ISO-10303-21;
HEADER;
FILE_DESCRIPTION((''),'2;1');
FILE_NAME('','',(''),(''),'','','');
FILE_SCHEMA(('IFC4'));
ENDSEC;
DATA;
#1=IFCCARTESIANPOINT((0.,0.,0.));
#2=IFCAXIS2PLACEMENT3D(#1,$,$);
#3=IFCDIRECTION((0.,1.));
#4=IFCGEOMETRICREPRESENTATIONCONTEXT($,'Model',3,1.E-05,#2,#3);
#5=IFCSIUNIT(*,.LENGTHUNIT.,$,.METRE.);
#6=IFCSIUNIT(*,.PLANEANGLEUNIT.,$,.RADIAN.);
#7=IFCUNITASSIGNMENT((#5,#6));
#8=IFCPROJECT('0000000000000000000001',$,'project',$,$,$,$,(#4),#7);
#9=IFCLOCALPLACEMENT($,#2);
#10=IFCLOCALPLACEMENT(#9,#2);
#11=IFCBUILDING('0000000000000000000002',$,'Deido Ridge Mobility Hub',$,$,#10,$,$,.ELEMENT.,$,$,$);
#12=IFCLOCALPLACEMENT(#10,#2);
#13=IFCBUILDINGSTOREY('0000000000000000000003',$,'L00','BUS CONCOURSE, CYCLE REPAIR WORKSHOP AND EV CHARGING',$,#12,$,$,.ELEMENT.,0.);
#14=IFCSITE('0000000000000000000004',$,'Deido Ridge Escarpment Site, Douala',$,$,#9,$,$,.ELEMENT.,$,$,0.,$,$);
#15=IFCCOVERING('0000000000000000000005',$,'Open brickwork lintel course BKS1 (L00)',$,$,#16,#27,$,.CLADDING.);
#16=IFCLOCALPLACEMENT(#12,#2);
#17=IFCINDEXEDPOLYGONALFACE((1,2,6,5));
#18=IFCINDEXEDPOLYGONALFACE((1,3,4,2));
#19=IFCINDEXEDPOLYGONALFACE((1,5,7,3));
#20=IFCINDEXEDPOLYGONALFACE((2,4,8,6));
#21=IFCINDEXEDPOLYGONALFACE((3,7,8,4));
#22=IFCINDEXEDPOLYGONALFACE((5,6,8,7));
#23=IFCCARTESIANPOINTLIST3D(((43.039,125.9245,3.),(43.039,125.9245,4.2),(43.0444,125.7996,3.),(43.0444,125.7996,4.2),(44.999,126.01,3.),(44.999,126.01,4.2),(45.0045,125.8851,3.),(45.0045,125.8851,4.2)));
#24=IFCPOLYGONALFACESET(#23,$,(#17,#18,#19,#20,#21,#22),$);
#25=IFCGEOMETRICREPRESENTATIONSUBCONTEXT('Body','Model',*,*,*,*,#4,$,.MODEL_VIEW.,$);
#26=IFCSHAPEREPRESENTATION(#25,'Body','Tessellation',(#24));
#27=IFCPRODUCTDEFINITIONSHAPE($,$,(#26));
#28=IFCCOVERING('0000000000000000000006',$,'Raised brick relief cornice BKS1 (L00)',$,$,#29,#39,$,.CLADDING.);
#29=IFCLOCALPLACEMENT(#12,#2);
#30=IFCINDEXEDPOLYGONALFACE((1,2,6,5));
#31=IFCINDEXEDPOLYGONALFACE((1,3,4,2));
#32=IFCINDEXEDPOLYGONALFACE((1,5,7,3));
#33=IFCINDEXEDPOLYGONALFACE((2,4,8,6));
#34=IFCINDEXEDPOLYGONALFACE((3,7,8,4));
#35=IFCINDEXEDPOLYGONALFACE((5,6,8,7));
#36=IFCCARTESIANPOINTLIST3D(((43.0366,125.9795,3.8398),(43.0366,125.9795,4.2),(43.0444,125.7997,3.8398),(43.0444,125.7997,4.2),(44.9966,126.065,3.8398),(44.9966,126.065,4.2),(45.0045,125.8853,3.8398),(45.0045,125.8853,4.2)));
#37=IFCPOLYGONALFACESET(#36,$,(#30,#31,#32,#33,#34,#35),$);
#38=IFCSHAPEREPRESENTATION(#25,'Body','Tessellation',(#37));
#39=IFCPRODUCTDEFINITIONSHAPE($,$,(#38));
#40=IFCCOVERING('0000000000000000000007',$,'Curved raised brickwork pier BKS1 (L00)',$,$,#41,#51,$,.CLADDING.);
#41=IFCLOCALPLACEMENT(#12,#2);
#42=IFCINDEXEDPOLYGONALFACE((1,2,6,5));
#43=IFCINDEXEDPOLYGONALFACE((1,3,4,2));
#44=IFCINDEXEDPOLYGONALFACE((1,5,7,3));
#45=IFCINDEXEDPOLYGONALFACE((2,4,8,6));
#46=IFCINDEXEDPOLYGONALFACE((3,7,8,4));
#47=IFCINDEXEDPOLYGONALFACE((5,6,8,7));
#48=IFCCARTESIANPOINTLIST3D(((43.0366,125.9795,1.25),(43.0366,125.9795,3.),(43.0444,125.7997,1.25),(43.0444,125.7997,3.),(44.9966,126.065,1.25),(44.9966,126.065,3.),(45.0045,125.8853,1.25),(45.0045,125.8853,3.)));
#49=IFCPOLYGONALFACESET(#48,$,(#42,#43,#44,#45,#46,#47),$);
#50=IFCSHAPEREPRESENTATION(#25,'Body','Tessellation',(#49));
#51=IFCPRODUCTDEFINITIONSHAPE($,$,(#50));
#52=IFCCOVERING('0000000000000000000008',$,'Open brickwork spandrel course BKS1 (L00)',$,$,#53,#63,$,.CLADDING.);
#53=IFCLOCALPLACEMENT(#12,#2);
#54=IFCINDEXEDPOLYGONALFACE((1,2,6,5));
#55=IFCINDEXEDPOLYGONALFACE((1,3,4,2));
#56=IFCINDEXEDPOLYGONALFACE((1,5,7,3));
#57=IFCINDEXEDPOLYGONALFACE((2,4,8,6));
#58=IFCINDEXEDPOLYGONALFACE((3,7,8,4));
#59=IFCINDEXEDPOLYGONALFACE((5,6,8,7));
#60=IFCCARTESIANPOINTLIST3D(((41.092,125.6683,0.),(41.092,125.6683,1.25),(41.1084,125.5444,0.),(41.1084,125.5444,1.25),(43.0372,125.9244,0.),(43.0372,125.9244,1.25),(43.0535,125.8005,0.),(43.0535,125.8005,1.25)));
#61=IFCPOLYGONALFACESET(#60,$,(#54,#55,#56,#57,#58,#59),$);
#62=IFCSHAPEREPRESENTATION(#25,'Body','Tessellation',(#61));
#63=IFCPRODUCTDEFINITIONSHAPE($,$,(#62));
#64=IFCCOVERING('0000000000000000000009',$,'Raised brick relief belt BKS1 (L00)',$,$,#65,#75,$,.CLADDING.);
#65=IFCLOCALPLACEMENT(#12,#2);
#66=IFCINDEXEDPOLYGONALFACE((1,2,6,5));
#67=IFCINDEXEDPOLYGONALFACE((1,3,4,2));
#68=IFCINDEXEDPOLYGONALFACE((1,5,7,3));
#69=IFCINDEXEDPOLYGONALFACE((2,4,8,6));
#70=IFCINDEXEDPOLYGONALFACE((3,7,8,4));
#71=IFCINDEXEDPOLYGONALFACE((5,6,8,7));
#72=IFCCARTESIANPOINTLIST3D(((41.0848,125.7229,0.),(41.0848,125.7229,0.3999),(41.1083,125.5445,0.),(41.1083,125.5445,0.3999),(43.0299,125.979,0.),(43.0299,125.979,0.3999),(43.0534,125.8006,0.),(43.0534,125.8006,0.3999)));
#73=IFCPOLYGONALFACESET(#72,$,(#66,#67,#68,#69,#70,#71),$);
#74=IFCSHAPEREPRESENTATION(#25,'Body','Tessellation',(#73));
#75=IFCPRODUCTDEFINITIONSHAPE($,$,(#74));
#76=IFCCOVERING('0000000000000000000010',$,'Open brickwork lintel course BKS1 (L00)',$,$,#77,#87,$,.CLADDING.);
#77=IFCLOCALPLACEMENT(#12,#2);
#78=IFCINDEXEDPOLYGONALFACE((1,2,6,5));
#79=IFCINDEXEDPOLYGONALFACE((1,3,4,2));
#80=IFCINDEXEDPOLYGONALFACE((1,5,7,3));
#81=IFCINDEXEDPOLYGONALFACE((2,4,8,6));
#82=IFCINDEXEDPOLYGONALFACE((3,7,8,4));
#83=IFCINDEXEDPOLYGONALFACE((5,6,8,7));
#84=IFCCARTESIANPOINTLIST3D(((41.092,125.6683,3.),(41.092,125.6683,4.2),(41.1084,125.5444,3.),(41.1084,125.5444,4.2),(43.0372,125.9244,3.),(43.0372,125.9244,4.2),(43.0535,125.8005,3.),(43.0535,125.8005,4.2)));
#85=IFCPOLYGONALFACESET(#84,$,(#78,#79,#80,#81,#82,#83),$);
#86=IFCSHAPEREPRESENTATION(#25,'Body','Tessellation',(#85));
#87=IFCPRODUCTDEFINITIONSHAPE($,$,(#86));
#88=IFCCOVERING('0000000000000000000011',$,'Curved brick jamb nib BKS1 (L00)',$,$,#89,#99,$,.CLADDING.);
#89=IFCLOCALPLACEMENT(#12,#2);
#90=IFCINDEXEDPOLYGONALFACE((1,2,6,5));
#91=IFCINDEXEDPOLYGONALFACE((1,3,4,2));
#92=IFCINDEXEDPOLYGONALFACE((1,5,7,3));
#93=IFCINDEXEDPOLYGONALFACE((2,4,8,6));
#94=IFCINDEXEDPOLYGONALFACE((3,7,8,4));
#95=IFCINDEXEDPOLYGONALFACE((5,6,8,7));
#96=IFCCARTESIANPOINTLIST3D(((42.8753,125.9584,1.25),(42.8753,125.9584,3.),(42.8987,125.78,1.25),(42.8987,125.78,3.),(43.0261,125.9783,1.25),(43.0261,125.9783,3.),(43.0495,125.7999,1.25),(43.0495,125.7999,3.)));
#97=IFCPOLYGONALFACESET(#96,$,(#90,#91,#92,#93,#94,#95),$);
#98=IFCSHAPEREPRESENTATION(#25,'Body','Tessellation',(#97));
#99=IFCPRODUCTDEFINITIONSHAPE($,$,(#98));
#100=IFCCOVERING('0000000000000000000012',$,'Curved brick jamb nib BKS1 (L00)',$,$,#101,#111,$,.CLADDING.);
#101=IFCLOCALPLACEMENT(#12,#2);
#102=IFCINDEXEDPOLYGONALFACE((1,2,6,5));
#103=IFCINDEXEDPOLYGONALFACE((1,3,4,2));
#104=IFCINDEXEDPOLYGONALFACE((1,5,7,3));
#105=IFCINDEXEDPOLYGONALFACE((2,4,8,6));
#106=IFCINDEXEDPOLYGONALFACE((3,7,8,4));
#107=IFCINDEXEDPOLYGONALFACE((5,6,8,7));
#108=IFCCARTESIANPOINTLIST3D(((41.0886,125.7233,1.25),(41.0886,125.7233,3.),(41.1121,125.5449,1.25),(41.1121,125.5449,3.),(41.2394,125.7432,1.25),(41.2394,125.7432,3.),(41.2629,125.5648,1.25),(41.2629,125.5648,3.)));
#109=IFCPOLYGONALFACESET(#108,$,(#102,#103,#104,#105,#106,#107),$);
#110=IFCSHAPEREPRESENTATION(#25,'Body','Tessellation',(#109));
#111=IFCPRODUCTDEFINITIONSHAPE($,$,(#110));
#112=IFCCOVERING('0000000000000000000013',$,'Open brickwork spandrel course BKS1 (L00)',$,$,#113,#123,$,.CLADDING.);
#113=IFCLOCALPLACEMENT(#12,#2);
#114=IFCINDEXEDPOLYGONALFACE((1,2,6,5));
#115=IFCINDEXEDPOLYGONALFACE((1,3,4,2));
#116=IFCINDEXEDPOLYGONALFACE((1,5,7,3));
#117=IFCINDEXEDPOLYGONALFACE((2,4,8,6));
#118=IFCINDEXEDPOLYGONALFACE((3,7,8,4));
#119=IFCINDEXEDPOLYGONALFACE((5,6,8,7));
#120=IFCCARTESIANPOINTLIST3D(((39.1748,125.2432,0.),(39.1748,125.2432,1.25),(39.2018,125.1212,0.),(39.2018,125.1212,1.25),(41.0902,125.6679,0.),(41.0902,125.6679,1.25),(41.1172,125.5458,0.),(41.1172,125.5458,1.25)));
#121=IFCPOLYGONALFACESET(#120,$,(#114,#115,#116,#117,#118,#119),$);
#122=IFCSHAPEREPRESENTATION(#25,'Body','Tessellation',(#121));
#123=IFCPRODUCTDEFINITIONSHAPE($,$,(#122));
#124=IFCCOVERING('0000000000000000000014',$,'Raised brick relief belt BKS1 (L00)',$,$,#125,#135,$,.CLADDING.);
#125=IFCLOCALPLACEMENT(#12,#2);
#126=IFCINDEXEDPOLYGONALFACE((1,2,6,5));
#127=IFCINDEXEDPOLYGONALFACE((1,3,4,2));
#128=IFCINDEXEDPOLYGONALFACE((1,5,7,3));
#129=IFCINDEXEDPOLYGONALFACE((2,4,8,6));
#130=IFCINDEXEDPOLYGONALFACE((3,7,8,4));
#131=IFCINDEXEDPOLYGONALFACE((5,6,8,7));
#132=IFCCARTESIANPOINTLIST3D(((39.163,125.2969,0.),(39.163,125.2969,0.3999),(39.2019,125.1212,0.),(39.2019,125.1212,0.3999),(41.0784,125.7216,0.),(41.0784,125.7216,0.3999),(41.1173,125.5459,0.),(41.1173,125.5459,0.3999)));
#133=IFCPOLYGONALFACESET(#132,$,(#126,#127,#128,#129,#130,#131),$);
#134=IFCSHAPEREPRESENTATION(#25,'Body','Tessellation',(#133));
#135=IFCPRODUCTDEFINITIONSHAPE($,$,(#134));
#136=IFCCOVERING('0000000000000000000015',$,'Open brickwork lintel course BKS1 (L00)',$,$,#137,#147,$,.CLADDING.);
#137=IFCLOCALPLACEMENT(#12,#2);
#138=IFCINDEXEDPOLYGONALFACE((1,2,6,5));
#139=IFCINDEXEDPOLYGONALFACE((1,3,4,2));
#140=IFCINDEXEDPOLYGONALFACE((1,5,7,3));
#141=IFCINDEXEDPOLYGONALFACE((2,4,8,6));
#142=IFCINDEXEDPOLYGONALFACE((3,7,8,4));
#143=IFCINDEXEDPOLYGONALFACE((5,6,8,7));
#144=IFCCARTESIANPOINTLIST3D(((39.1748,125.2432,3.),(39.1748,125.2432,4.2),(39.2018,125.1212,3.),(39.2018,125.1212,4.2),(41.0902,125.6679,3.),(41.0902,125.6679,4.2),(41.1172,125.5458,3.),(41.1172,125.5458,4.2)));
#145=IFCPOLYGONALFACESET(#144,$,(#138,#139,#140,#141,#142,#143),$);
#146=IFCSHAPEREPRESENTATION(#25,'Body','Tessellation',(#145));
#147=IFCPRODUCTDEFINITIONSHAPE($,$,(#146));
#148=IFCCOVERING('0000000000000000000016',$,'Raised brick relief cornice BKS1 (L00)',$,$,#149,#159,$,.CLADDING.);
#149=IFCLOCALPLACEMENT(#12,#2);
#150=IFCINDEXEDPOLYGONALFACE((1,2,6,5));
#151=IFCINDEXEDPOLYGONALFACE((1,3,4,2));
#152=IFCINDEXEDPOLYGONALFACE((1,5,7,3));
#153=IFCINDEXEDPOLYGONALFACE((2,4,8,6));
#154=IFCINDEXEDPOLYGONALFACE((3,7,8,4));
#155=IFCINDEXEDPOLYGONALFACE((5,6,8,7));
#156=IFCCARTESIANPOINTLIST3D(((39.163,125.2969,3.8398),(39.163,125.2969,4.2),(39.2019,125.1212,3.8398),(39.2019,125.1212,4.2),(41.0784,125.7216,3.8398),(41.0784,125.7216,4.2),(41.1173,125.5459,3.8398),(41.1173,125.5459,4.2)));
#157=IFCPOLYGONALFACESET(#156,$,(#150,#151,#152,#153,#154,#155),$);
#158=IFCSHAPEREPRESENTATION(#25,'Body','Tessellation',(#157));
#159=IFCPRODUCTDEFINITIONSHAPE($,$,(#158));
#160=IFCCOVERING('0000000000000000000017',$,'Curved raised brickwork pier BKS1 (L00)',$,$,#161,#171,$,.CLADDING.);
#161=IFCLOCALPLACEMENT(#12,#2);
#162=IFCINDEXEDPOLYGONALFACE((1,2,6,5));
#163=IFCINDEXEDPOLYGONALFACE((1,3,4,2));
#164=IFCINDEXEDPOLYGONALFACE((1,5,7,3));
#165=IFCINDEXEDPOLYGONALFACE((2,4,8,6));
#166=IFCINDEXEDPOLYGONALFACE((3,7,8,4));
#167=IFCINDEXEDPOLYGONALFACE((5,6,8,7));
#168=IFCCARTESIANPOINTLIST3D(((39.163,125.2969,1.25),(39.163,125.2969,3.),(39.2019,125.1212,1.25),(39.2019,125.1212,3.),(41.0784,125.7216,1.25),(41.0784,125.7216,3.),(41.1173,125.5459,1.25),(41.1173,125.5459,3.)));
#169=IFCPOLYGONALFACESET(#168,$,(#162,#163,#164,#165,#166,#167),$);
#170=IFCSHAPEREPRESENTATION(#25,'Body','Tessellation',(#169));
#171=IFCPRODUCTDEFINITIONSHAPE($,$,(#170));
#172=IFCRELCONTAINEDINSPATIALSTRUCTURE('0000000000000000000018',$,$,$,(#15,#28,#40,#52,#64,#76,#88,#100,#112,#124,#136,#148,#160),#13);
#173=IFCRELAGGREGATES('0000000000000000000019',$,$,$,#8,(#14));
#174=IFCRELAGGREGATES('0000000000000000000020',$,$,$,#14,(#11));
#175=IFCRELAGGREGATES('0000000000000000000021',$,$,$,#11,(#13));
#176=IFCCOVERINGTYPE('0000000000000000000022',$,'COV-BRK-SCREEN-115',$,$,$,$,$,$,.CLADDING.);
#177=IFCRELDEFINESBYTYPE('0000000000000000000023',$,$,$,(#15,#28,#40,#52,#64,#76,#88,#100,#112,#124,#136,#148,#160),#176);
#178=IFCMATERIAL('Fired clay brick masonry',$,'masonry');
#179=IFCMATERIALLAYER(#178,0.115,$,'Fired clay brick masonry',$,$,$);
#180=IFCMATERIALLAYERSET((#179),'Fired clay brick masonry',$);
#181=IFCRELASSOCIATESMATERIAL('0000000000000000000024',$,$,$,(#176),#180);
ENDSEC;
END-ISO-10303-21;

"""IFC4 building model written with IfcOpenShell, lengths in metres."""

from ifc_helpers import new_model, si_unit, direction, frame, origin, origin_2d, place, context, subcontext, project, spatial, rectangle, extrude, material, layer, layer_set, type_object, element, save


model = new_model("IFC4")

# Units and contexts
model_context = context("Model", 3, precision=1e-05, world=origin(), true_north=direction((0.0, 1.0)))
body_context = subcontext(model_context, "Body", "Model", "MODEL_VIEW")
ifc_project = project(units=[si_unit("LENGTHUNIT", "METRE"), si_unit("PLANEANGLEUNIT", "RADIAN")], contexts=[model_context])

# Site, building, storey
site_placement = place(None, origin())
site = spatial("IfcSite", under=ifc_project, at=site_placement, Name="Deido Ridge Escarpment Site, Douala", CompositionType="ELEMENT", RefElevation=0.0)
building_placement = place(site_placement, origin())
building = spatial("IfcBuilding", under=site, at=building_placement, Name="Deido Ridge Mobility Hub", CompositionType="ELEMENT")
storey_placement = place(building_placement, origin())
storey = spatial("IfcBuildingStorey", under=building, at=storey_placement, Name="L00", Description="BUS CONCOURSE, CYCLE REPAIR WORKSHOP AND EV CHARGING", CompositionType="ELEMENT", Elevation=0.0)

# Coverings
ifc_material_1 = material(Name="Fired clay brick masonry", Category="masonry")
ifc_layer = layer(ifc_material_1, 0.115, Name="Fired clay brick masonry")
ifc_layer_set = layer_set([ifc_layer], Name="Fired clay brick masonry")
covering_type = type_object("IfcCoveringType", Name="COV-BRK-SCREEN-115", PredefinedType="CLADDING", material=ifc_layer_set)
covering_1_placement = place(storey_placement, frame((44.0217, 125.9048, 3.0), z_axis=(0.0, 0.0, 1.0), x_axis=(-0.999049, -0.043602, 0.0)))
element("IfcCovering", 1, at=covering_1_placement, inside=storey, type_object=covering_type, Name="Open brickwork lintel course BKS1 (L00)", PredefinedType="CLADDING", context=body_context, shape_type="SweptSolid", body=[
    extrude(rectangle(XDim=1.9619, YDim=0.125, at=origin_2d()), origin(), (0.0, 0.0, 1.0), 1.2),
])
covering_2_placement = place(storey_placement, frame((44.0205, 125.9324, 3.8398), z_axis=(0.0, 0.0, 1.0), x_axis=(-0.999049, -0.043602, 0.0)))
element("IfcCovering", 2, at=covering_2_placement, inside=storey, type_object=covering_type, Name="Raised brick relief cornice BKS1 (L00)", PredefinedType="CLADDING", context=body_context, shape_type="SweptSolid", body=[
    extrude(rectangle(XDim=1.9619, YDim=0.1799, at=origin_2d()), origin(), (0.0, 0.0, 1.0), 0.3601),
])
covering_3_placement = place(storey_placement, frame((44.0205, 125.9324, 1.25), z_axis=(0.0, 0.0, 1.0), x_axis=(-0.999049, -0.043602, 0.0)))
element("IfcCovering", 3, at=covering_3_placement, inside=storey, type_object=covering_type, Name="Curved raised brickwork pier BKS1 (L00)", PredefinedType="CLADDING", context=body_context, shape_type="SweptSolid", body=[
    extrude(rectangle(XDim=1.9619, YDim=0.1799, at=origin_2d()), origin(), (0.0, 0.0, 1.0), 1.75),
])
covering_4_placement = place(storey_placement, frame((42.0728, 125.7344, 0.0), z_axis=(0.0, 0.0, 1.0), x_axis=(-0.991443, -0.130543, 0.0)))
element("IfcCovering", 4, at=covering_4_placement, inside=storey, type_object=covering_type, Name="Open brickwork spandrel course BKS1 (L00)", PredefinedType="CLADDING", context=body_context, shape_type="SweptSolid", body=[
    extrude(rectangle(XDim=1.9619, YDim=0.125, at=origin_2d()), origin(), (0.0, 0.0, 1.0), 1.25),
])
covering_5_placement = place(storey_placement, frame((42.0691, 125.7617, 0.0), z_axis=(0.0, 0.0, 1.0), x_axis=(-0.991443, -0.130543, 0.0)))
element("IfcCovering", 5, at=covering_5_placement, inside=storey, type_object=covering_type, Name="Raised brick relief belt BKS1 (L00)", PredefinedType="CLADDING", context=body_context, shape_type="SweptSolid", body=[
    extrude(rectangle(XDim=1.9619, YDim=0.1799, at=origin_2d()), origin(), (0.0, 0.0, 1.0), 0.3999),
])
covering_6_placement = place(storey_placement, frame((42.0728, 125.7344, 3.0), z_axis=(0.0, 0.0, 1.0), x_axis=(-0.991443, -0.130543, 0.0)))
element("IfcCovering", 6, at=covering_6_placement, inside=storey, type_object=covering_type, Name="Open brickwork lintel course BKS1 (L00)", PredefinedType="CLADDING", context=body_context, shape_type="SweptSolid", body=[
    extrude(rectangle(XDim=1.9619, YDim=0.125, at=origin_2d()), origin(), (0.0, 0.0, 1.0), 1.2),
])
for number, where, z_axis, x_axis, name in (
    (7, (42.9624, 125.8792, 1.25), (0.0, 0.0, 1.0), (-0.991443, -0.130543, 0.0), "Curved brick jamb nib BKS1 (L00)"),
    (8, (41.1758, 125.644, 1.25), (0.0, 0.0, 1.0), (-0.991443, -0.130543, 0.0), "Curved brick jamb nib BKS1 (L00)"),
):
    element("IfcCovering", number, at=place(storey_placement, frame(where, z_axis=z_axis, x_axis=x_axis)), inside=storey, type_object=covering_type, Name=name, PredefinedType="CLADDING", context=body_context, shape_type="SweptSolid", body=[
        extrude(rectangle(XDim=0.1521, YDim=0.1799, at=origin_2d()), origin(), (0.0, 0.0, 1.0), 1.75),
    ])
covering_7_placement = place(storey_placement, frame((40.146, 125.3945, 0.0), z_axis=(0.0, 0.0, 1.0), x_axis=(-0.976292, -0.216457, 0.0)))
element("IfcCovering", 9, at=covering_7_placement, inside=storey, type_object=covering_type, Name="Open brickwork spandrel course BKS1 (L00)", PredefinedType="CLADDING", context=body_context, shape_type="SweptSolid", body=[
    extrude(rectangle(XDim=1.9619, YDim=0.125, at=origin_2d()), origin(), (0.0, 0.0, 1.0), 1.25),
])
covering_8_placement = place(storey_placement, frame((40.1401, 125.4214, 0.0), z_axis=(0.0, 0.0, 1.0), x_axis=(-0.976292, -0.216457, 0.0)))
element("IfcCovering", 10, at=covering_8_placement, inside=storey, type_object=covering_type, Name="Raised brick relief belt BKS1 (L00)", PredefinedType="CLADDING", context=body_context, shape_type="SweptSolid", body=[
    extrude(rectangle(XDim=1.9619, YDim=0.1799, at=origin_2d()), origin(), (0.0, 0.0, 1.0), 0.3999),
])
covering_9_placement = place(storey_placement, frame((40.146, 125.3945, 3.0), z_axis=(0.0, 0.0, 1.0), x_axis=(-0.976292, -0.216457, 0.0)))
element("IfcCovering", 11, at=covering_9_placement, inside=storey, type_object=covering_type, Name="Open brickwork lintel course BKS1 (L00)", PredefinedType="CLADDING", context=body_context, shape_type="SweptSolid", body=[
    extrude(rectangle(XDim=1.9619, YDim=0.125, at=origin_2d()), origin(), (0.0, 0.0, 1.0), 1.2),
])
covering_10_placement = place(storey_placement, frame((40.1401, 125.4214, 3.8398), z_axis=(0.0, 0.0, 1.0), x_axis=(-0.976292, -0.216457, 0.0)))
element("IfcCovering", 12, at=covering_10_placement, inside=storey, type_object=covering_type, Name="Raised brick relief cornice BKS1 (L00)", PredefinedType="CLADDING", context=body_context, shape_type="SweptSolid", body=[
    extrude(rectangle(XDim=1.9619, YDim=0.1799, at=origin_2d()), origin(), (0.0, 0.0, 1.0), 0.3601),
])
covering_11_placement = place(storey_placement, frame((40.1401, 125.4214, 1.25), z_axis=(0.0, 0.0, 1.0), x_axis=(-0.976292, -0.216457, 0.0)))
element("IfcCovering", 13, at=covering_11_placement, inside=storey, type_object=covering_type, Name="Curved raised brickwork pier BKS1 (L00)", PredefinedType="CLADDING", context=body_context, shape_type="SweptSolid", body=[
    extrude(rectangle(XDim=1.9619, YDim=0.1799, at=origin_2d()), origin(), (0.0, 0.0, 1.0), 1.75),
])

save(model, "model.ifc")
